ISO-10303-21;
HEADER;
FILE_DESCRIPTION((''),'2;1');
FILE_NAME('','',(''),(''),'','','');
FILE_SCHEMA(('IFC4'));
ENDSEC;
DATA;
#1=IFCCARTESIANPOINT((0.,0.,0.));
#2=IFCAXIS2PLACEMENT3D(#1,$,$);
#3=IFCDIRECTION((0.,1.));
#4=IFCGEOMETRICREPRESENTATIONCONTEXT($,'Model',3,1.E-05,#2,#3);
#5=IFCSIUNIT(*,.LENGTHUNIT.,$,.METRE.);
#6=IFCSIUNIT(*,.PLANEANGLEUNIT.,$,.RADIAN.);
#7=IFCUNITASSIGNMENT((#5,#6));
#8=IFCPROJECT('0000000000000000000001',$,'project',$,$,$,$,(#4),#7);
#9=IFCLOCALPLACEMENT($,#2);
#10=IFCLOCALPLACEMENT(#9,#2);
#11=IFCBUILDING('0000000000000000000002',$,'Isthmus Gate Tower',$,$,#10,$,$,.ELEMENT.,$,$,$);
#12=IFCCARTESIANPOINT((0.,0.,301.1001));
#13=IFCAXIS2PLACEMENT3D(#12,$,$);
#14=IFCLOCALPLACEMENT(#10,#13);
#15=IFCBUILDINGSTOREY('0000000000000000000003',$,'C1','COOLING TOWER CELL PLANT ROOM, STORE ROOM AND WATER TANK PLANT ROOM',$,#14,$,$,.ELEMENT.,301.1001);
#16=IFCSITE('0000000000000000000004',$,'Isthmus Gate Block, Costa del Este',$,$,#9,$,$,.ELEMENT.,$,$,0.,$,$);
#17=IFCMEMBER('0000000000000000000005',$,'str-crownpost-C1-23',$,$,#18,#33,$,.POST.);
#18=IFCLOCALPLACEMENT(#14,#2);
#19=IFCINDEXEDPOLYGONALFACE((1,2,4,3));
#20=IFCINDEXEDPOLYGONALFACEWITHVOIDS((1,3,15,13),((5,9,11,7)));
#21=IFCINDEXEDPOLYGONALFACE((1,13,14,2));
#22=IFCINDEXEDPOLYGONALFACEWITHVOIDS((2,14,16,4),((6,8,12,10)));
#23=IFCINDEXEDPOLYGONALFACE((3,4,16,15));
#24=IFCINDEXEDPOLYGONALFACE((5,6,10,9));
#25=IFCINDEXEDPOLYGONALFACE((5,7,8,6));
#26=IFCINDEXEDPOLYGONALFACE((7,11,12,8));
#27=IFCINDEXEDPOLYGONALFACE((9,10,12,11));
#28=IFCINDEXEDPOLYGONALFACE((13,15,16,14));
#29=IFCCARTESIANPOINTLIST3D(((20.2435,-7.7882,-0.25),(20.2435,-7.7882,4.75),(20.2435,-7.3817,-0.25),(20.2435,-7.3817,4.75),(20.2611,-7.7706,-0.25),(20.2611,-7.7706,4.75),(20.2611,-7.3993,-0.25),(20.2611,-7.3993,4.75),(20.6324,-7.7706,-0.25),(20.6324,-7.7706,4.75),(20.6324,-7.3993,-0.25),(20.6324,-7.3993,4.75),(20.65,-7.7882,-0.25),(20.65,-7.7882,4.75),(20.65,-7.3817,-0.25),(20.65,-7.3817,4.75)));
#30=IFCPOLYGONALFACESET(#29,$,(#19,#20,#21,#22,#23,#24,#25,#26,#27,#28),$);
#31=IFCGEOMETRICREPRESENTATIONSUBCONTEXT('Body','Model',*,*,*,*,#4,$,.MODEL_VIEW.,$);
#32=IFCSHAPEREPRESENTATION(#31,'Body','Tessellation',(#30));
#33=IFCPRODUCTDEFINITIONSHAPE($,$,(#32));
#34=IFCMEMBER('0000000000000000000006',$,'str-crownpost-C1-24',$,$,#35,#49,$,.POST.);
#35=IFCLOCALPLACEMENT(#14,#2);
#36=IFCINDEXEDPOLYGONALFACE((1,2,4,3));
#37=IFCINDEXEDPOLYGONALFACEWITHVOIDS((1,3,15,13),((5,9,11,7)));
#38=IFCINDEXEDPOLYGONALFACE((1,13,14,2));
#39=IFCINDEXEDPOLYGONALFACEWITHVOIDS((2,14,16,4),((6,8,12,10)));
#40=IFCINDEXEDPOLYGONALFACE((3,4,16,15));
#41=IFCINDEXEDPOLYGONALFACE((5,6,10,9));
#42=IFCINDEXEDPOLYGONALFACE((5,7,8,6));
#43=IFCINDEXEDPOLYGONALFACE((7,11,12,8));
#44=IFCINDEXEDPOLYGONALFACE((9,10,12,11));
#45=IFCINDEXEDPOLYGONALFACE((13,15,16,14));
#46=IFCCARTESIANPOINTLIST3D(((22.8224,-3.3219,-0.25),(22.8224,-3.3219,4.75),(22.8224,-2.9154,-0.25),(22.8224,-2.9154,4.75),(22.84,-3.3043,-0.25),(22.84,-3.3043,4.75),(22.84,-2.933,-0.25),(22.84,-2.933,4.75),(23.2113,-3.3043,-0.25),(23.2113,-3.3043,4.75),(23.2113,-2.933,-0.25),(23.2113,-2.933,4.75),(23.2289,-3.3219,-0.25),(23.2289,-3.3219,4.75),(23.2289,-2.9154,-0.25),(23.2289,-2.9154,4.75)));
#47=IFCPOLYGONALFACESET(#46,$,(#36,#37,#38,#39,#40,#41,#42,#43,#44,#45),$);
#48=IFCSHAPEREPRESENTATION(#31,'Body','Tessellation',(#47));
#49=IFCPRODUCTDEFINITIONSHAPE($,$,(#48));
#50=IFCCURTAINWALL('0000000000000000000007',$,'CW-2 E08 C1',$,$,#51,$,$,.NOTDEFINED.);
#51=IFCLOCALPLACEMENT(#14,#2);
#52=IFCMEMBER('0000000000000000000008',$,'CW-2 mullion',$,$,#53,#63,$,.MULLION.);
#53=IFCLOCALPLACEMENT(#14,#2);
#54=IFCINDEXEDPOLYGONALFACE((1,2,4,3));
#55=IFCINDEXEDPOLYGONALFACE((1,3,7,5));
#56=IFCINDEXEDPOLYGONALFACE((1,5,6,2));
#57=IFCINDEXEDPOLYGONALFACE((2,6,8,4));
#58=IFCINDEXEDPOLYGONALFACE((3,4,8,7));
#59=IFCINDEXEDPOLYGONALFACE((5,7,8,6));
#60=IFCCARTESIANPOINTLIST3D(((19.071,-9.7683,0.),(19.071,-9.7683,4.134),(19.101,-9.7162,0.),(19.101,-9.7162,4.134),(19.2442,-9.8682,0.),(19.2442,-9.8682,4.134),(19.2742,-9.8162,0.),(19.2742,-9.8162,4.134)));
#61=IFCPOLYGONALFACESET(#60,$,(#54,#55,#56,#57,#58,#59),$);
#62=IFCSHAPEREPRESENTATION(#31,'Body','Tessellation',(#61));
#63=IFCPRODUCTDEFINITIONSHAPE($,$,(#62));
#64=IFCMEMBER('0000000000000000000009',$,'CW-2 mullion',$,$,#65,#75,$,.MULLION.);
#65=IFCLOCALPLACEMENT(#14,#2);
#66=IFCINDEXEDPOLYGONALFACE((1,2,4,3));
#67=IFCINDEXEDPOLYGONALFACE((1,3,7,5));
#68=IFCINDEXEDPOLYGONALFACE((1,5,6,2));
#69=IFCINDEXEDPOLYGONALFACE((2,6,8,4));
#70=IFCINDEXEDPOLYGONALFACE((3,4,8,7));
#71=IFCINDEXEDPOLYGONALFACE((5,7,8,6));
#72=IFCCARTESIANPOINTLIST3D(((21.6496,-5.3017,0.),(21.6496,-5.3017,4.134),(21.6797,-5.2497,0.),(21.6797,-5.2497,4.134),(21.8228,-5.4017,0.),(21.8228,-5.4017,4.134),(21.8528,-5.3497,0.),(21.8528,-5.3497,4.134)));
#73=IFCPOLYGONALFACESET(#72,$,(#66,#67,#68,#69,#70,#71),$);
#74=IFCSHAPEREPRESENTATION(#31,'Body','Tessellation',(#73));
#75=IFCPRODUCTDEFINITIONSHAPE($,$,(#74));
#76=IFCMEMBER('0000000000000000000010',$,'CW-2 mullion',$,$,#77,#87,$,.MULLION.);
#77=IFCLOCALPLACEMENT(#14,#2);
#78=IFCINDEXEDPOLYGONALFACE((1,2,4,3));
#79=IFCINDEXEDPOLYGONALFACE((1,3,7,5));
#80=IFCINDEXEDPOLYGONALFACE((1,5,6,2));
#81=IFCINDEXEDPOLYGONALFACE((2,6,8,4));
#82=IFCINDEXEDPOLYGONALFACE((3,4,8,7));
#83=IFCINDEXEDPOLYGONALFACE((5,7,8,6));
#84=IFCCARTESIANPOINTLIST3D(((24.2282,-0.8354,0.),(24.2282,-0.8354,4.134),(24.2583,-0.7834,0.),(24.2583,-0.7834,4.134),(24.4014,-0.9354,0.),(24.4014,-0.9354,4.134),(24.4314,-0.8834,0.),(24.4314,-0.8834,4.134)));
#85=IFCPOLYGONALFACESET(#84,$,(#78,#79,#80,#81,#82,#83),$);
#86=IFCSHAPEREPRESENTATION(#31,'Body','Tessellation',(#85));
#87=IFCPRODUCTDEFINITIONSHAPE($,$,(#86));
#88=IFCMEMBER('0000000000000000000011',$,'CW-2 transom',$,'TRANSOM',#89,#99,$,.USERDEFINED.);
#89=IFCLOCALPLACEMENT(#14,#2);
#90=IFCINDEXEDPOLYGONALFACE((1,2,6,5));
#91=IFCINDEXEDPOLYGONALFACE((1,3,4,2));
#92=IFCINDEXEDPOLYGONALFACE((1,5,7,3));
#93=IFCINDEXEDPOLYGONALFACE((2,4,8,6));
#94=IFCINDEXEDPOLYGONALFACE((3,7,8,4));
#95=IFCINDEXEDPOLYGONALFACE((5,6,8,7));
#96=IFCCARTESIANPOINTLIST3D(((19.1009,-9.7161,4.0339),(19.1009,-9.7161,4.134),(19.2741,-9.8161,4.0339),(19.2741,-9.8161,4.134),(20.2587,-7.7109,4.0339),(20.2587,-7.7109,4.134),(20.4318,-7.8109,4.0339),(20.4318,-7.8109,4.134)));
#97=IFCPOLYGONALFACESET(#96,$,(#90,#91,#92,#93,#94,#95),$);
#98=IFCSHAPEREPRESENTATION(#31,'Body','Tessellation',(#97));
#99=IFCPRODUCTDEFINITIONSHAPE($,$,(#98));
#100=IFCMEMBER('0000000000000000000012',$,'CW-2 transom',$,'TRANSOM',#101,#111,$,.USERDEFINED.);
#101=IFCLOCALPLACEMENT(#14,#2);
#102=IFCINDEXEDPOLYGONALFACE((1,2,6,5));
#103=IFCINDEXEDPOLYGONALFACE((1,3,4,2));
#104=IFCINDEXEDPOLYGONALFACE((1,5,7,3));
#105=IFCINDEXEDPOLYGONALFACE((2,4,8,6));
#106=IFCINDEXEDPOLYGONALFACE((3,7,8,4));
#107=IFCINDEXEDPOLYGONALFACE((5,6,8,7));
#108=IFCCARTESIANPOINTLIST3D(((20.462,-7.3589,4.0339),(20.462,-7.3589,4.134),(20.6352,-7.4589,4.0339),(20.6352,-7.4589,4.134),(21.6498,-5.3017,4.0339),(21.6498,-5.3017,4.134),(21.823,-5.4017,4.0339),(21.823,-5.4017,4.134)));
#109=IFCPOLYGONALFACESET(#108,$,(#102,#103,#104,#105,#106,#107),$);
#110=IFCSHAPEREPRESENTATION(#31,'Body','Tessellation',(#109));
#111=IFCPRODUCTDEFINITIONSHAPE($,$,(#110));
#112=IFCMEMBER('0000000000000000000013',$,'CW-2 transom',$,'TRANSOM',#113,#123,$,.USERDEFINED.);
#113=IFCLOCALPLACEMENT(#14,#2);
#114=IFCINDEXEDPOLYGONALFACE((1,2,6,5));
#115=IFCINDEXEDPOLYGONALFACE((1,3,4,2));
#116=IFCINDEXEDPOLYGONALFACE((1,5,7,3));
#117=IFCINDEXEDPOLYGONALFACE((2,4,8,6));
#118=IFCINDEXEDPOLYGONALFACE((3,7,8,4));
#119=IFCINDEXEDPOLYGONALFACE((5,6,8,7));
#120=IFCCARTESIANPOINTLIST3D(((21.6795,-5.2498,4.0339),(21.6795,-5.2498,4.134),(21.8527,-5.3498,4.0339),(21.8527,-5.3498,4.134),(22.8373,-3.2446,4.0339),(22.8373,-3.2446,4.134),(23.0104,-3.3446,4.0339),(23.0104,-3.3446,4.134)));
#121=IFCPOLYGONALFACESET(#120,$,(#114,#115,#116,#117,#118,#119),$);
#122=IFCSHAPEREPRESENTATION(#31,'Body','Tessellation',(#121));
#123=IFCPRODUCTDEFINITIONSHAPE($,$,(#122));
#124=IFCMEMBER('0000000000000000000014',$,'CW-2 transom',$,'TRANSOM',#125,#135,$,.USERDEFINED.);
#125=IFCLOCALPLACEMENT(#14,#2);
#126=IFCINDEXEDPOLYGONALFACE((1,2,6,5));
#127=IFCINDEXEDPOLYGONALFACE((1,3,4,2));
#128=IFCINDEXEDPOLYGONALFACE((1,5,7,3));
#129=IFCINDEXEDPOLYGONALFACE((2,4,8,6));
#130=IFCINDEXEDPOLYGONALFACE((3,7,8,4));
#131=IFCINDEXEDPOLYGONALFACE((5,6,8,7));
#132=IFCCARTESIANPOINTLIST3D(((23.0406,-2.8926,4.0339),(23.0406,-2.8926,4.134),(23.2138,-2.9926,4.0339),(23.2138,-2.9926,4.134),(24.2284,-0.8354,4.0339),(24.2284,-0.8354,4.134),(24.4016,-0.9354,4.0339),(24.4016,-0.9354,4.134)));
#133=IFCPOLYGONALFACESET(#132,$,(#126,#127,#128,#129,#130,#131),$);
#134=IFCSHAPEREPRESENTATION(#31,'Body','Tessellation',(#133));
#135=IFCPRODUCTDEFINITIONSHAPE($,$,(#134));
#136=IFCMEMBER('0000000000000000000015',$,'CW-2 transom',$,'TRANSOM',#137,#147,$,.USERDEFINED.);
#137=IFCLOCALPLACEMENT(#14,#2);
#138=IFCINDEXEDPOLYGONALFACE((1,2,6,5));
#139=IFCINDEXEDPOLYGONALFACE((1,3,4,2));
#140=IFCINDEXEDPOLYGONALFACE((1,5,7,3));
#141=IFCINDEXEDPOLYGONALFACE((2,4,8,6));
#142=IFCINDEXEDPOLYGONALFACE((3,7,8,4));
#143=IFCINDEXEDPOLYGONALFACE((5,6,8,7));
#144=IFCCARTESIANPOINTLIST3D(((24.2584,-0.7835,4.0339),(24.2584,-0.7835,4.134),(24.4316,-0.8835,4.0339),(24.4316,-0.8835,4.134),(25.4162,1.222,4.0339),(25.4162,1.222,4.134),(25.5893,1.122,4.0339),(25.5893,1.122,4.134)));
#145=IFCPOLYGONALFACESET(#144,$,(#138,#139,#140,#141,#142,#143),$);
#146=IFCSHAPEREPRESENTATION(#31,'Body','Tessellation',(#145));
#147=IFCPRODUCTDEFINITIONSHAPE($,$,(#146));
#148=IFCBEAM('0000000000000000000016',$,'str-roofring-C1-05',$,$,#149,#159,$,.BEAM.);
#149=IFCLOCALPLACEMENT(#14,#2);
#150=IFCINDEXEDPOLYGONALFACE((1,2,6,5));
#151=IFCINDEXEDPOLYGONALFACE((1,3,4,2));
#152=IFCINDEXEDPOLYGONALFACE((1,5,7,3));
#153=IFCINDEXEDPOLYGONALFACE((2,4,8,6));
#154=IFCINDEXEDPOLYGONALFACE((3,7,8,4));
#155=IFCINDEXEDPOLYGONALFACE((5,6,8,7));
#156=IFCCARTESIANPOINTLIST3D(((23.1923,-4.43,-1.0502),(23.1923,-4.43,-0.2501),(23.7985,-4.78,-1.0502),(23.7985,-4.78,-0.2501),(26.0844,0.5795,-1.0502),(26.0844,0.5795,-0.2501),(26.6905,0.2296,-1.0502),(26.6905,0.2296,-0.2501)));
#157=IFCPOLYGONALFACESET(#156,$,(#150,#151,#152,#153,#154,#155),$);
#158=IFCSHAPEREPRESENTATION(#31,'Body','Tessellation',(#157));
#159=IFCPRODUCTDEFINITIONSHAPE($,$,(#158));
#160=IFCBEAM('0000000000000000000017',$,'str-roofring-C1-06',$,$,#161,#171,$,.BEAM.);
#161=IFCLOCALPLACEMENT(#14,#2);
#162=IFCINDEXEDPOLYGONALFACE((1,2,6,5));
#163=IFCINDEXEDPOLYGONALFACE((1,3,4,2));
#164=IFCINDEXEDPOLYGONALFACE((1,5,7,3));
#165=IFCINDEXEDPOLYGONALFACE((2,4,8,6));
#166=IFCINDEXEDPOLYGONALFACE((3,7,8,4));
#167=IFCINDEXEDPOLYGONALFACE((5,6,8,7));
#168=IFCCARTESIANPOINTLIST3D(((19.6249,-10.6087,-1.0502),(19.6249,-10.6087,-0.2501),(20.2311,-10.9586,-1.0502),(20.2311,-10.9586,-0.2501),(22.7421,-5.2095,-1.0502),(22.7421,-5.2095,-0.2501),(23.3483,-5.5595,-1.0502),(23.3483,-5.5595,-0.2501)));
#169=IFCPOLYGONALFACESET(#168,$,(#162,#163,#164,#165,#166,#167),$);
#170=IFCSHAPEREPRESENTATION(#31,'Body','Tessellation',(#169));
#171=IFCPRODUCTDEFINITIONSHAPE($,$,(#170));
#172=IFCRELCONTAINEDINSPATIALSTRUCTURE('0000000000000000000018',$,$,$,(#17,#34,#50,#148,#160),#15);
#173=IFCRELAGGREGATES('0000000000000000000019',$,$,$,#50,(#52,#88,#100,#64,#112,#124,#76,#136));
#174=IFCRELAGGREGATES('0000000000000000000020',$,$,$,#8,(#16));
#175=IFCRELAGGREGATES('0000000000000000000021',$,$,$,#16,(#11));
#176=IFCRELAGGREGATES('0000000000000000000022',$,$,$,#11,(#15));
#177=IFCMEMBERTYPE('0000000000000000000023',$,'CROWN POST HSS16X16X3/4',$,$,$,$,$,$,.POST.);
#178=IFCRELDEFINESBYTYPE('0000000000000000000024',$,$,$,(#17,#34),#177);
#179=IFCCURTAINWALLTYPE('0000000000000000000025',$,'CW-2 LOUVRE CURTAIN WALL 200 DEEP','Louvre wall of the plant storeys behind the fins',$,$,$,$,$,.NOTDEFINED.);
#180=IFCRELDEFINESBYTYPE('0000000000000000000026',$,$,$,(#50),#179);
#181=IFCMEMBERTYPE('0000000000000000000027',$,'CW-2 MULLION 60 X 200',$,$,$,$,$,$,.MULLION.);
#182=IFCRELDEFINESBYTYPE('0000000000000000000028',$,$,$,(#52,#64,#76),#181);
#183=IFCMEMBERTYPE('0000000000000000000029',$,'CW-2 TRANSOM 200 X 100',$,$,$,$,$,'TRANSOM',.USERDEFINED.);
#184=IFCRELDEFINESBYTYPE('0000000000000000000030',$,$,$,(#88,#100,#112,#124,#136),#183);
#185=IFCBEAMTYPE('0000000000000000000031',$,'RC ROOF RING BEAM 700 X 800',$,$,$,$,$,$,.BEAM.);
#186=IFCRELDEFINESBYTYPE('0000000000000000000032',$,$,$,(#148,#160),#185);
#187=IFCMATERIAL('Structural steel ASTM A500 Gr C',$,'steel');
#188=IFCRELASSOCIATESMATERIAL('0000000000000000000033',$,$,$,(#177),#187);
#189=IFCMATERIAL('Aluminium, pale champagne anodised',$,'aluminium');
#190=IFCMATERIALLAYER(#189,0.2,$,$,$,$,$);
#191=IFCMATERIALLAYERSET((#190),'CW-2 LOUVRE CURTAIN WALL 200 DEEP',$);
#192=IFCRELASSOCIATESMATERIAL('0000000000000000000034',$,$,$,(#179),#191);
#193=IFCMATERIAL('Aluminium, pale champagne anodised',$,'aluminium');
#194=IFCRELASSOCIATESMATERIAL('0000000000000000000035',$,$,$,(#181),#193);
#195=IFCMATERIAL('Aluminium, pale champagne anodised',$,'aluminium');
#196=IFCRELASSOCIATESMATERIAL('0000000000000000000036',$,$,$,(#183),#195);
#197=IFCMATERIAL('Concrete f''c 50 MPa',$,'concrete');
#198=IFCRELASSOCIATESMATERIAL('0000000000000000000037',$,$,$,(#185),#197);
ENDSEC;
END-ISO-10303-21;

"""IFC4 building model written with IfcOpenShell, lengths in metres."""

from ifc_helpers import new_model, si_unit, direction, frame, origin, origin_2d, place, context, subcontext, project, spatial, rectangle, hollow_rectangle, extrude, material, layer, layer_set, material_profile, profile_set, type_object, element, aggregate, save


model = new_model("IFC4")

# Units and contexts
model_context = context("Model", 3, precision=1e-05, world=origin(), true_north=direction((0.0, 1.0)))
body_context = subcontext(model_context, "Body", "Model", "MODEL_VIEW")
ifc_project = project(units=[si_unit("LENGTHUNIT", "METRE"), si_unit("PLANEANGLEUNIT", "RADIAN")], contexts=[model_context])

# Site, building, storey
site_placement = place(None, origin())
site = spatial("IfcSite", under=ifc_project, at=site_placement, Name="Isthmus Gate Block, Costa del Este", CompositionType="ELEMENT", RefElevation=0.0)
building_placement = place(site_placement, origin())
building = spatial("IfcBuilding", under=site, at=building_placement, Name="Isthmus Gate Tower", CompositionType="ELEMENT")
storey_placement = place(building_placement, frame((0.0, 0.0, 301.1001)))
storey = spatial("IfcBuildingStorey", under=building, at=storey_placement, Name="C1", Description="COOLING TOWER CELL PLANT ROOM, STORE ROOM AND WATER TANK PLANT ROOM", CompositionType="ELEMENT", Elevation=301.1001)

# Members
ifc_material_1 = material(Name="Structural steel ASTM A500 Gr C", Category="steel")
ifc_material_profile_1 = material_profile(ifc_material_1, hollow_rectangle(XDim=0.4065, YDim=0.4065, WallThickness=0.0176, at=origin_2d()), Name="HSS16X16X3/4")
ifc_profile_set_1 = profile_set([ifc_material_profile_1], Name="Structural steel ASTM A500 Gr C")
member_type_1 = type_object("IfcMemberType", Name="CROWN POST HSS16X16X3/4", PredefinedType="POST", material=ifc_profile_set_1)
for number, where, z_axis, x_axis, name in (
    (1, (20.4468, -7.585, -0.25), (0.0, 0.0, 1.0), (1.0, 0.0, 0.0), "str-crownpost-C1-23"),
    (2, (23.0256, -3.1187, -0.25), (0.0, 0.0, 1.0), (1.0, 0.0, 0.0), "str-crownpost-C1-24"),
):
    element("IfcMember", number, at=place(storey_placement, frame(where, z_axis=z_axis, x_axis=x_axis)), inside=storey, type_object=member_type_1, Name=name, PredefinedType="POST", context=body_context, shape_type="SweptSolid", body=[
        extrude(hollow_rectangle(XDim=0.4065, YDim=0.4065, WallThickness=0.0176, at=origin_2d()), origin(), (0.0, 0.0, 1.0), 5.0),
    ])

# Curtain wall, members
ifc_material_2 = material(Name="Aluminium, pale champagne anodised", Category="aluminium")
ifc_layer_1 = layer(ifc_material_2, 0.2)
ifc_layer_set_1 = layer_set([ifc_layer_1], Name="CW-2 LOUVRE CURTAIN WALL 200 DEEP")
curtain_wall_type = type_object("IfcCurtainWallType", Name="CW-2 LOUVRE CURTAIN WALL 200 DEEP", Description="Louvre wall of the plant storeys behind the fins", PredefinedType="NOTDEFINED", material=ifc_layer_set_1)
curtain_wall_placement = place(storey_placement, origin())
curtain_wall = element("IfcCurtainWall", 3, at=curtain_wall_placement, inside=storey, type_object=curtain_wall_type, Name="CW-2 E08 C1", PredefinedType="NOTDEFINED")
ifc_material_3 = material(Name="Aluminium, pale champagne anodised", Category="aluminium")
ifc_material_profile_2 = material_profile(ifc_material_3, rectangle(XDim=0.0601, YDim=0.2, at=origin_2d()), Name="60x200")
ifc_profile_set_2 = profile_set([ifc_material_profile_2], Name="Aluminium, pale champagne anodised")
member_type_2 = type_object("IfcMemberType", Name="CW-2 MULLION 60 X 200", PredefinedType="MULLION", material=ifc_profile_set_2)
member_1_placement = place(storey_placement, frame((19.1726, -9.7922, 0.0), z_axis=(0.0, 0.0, 1.0), x_axis=(0.5, 0.866025, 0.0)))
member_1 = element("IfcMember", 4, at=member_1_placement, type_object=member_type_2, Name="CW-2 mullion", PredefinedType="MULLION", context=body_context, shape_type="SweptSolid", body=[
    extrude(rectangle(XDim=0.0601, YDim=0.2, at=origin_2d()), origin(), (0.0, 0.0, 1.0), 4.134),
])
member_2_placement = place(storey_placement, frame((21.7512, -5.3257, 0.0), z_axis=(0.0, 0.0, 1.0), x_axis=(0.5, 0.866025, 0.0)))
member_2 = element("IfcMember", 5, at=member_2_placement, type_object=member_type_2, Name="CW-2 mullion", PredefinedType="MULLION", context=body_context, shape_type="SweptSolid", body=[
    extrude(rectangle(XDim=0.0601, YDim=0.2, at=origin_2d()), origin(), (0.0, 0.0, 1.0), 4.134),
])
member_3_placement = place(storey_placement, frame((24.3298, -0.8594, 0.0), z_axis=(0.0, 0.0, 1.0), x_axis=(0.5, 0.866025, 0.0)))
member_3 = element("IfcMember", 6, at=member_3_placement, type_object=member_type_2, Name="CW-2 mullion", PredefinedType="MULLION", context=body_context, shape_type="SweptSolid", body=[
    extrude(rectangle(XDim=0.0601, YDim=0.2, at=origin_2d()), origin(), (0.0, 0.0, 1.0), 4.134),
])
ifc_material_4 = material(Name="Aluminium, pale champagne anodised", Category="aluminium")
ifc_material_profile_3 = material_profile(ifc_material_4, rectangle(XDim=0.2, YDim=0.1001, at=origin_2d()), Name="200x100")
ifc_profile_set_3 = profile_set([ifc_material_profile_3], Name="Aluminium, pale champagne anodised")
member_type_3 = type_object("IfcMemberType", Name="CW-2 TRANSOM 200 X 100", ElementType="TRANSOM", PredefinedType="USERDEFINED", material=ifc_profile_set_3)
member_4_placement = place(storey_placement, frame((19.1875, -9.7661, 4.084), z_axis=(0.500018, 0.866015, 0.0), x_axis=(-0.866015, 0.500018, 0.0)))
member_4 = element("IfcMember", 7, at=member_4_placement, type_object=member_type_3, Name="CW-2 transom", ObjectType="TRANSOM", PredefinedType="USERDEFINED", context=body_context, shape_type="SweptSolid", body=[
    extrude(rectangle(XDim=0.2, YDim=0.1001, at=origin_2d()), origin(), (0.0, 0.0, 1.0), 2.3154),
])
member_5_placement = place(storey_placement, frame((20.5486, -7.4089, 4.084), z_axis=(0.500019, 0.866014, 0.0), x_axis=(-0.866014, 0.500019, 0.0)))
member_5 = element("IfcMember", 8, at=member_5_placement, type_object=member_type_3, Name="CW-2 transom", ObjectType="TRANSOM", PredefinedType="USERDEFINED", context=body_context, shape_type="SweptSolid", body=[
    extrude(rectangle(XDim=0.2, YDim=0.1001, at=origin_2d()), origin(), (0.0, 0.0, 1.0), 2.3755),
])
member_6_placement = place(storey_placement, frame((21.7661, -5.2998, 4.084), z_axis=(0.500018, 0.866015, 0.0), x_axis=(-0.866015, 0.500018, 0.0)))
member_6 = element("IfcMember", 9, at=member_6_placement, type_object=member_type_3, Name="CW-2 transom", ObjectType="TRANSOM", PredefinedType="USERDEFINED", context=body_context, shape_type="SweptSolid", body=[
    extrude(rectangle(XDim=0.2, YDim=0.1001, at=origin_2d()), origin(), (0.0, 0.0, 1.0), 2.3154),
])
member_7_placement = place(storey_placement, frame((23.1272, -2.9426, 4.084), z_axis=(0.500019, 0.866014, 0.0), x_axis=(-0.866014, 0.500019, 0.0)))
member_7 = element("IfcMember", 10, at=member_7_placement, type_object=member_type_3, Name="CW-2 transom", ObjectType="TRANSOM", PredefinedType="USERDEFINED", context=body_context, shape_type="SweptSolid", body=[
    extrude(rectangle(XDim=0.2, YDim=0.1001, at=origin_2d()), origin(), (0.0, 0.0, 1.0), 2.3755),
])
member_8_placement = place(storey_placement, frame((24.345, -0.8335, 4.084), z_axis=(0.499972, 0.866042, 0.0), x_axis=(-0.866042, 0.499972, 0.0)))
member_8 = element("IfcMember", 11, at=member_8_placement, type_object=member_type_3, Name="CW-2 transom", ObjectType="TRANSOM", PredefinedType="USERDEFINED", context=body_context, shape_type="SweptSolid", body=[
    extrude(rectangle(XDim=0.2, YDim=0.1001, at=origin_2d()), origin(), (0.0, 0.0, 1.0), 2.3157),
])

# Beams
ifc_material_5 = material(Name="Concrete f'c 50 MPa", Category="concrete")
ifc_material_profile_4 = material_profile(ifc_material_5, rectangle(XDim=0.7, YDim=0.8, at=origin_2d()), Name="RC 700X800")
ifc_profile_set_4 = profile_set([ifc_material_profile_4], Name="Concrete f'c 50 MPa")
beam_type_1 = type_object("IfcBeamType", Name="RC ROOF RING BEAM 700 X 800", PredefinedType="BEAM", material=ifc_profile_set_4)
beam_1_placement = place(storey_placement, frame((26.3875, 0.4045, -0.6501), z_axis=(-0.499979, -0.866037, 0.0), x_axis=(0.866037, -0.499979, 0.0)))
element("IfcBeam", 12, at=beam_1_placement, inside=storey, type_object=beam_type_1, Name="str-roofring-C1-05", PredefinedType="BEAM", context=body_context, shape_type="SweptSolid", body=[
    extrude(rectangle(XDim=0.7, YDim=0.8, at=origin_2d()), origin(), (0.0, 0.0, 1.0), 5.7844),
])
beam_2_placement = place(storey_placement, frame((23.0452, -5.3845, -0.6501), z_axis=(-0.499997, -0.866027, 0.0), x_axis=(0.866027, -0.499997, 0.0)))
element("IfcBeam", 13, at=beam_2_placement, inside=storey, type_object=beam_type_1, Name="str-roofring-C1-06", PredefinedType="BEAM", context=body_context, shape_type="SweptSolid", body=[
    extrude(rectangle(XDim=0.7, YDim=0.8, at=origin_2d()), origin(), (0.0, 0.0, 1.0), 6.2344),
])

aggregate(curtain_wall, [member_1, member_4, member_5, member_2, member_6, member_7, member_3, member_8])

save(model, "model.ifc")
